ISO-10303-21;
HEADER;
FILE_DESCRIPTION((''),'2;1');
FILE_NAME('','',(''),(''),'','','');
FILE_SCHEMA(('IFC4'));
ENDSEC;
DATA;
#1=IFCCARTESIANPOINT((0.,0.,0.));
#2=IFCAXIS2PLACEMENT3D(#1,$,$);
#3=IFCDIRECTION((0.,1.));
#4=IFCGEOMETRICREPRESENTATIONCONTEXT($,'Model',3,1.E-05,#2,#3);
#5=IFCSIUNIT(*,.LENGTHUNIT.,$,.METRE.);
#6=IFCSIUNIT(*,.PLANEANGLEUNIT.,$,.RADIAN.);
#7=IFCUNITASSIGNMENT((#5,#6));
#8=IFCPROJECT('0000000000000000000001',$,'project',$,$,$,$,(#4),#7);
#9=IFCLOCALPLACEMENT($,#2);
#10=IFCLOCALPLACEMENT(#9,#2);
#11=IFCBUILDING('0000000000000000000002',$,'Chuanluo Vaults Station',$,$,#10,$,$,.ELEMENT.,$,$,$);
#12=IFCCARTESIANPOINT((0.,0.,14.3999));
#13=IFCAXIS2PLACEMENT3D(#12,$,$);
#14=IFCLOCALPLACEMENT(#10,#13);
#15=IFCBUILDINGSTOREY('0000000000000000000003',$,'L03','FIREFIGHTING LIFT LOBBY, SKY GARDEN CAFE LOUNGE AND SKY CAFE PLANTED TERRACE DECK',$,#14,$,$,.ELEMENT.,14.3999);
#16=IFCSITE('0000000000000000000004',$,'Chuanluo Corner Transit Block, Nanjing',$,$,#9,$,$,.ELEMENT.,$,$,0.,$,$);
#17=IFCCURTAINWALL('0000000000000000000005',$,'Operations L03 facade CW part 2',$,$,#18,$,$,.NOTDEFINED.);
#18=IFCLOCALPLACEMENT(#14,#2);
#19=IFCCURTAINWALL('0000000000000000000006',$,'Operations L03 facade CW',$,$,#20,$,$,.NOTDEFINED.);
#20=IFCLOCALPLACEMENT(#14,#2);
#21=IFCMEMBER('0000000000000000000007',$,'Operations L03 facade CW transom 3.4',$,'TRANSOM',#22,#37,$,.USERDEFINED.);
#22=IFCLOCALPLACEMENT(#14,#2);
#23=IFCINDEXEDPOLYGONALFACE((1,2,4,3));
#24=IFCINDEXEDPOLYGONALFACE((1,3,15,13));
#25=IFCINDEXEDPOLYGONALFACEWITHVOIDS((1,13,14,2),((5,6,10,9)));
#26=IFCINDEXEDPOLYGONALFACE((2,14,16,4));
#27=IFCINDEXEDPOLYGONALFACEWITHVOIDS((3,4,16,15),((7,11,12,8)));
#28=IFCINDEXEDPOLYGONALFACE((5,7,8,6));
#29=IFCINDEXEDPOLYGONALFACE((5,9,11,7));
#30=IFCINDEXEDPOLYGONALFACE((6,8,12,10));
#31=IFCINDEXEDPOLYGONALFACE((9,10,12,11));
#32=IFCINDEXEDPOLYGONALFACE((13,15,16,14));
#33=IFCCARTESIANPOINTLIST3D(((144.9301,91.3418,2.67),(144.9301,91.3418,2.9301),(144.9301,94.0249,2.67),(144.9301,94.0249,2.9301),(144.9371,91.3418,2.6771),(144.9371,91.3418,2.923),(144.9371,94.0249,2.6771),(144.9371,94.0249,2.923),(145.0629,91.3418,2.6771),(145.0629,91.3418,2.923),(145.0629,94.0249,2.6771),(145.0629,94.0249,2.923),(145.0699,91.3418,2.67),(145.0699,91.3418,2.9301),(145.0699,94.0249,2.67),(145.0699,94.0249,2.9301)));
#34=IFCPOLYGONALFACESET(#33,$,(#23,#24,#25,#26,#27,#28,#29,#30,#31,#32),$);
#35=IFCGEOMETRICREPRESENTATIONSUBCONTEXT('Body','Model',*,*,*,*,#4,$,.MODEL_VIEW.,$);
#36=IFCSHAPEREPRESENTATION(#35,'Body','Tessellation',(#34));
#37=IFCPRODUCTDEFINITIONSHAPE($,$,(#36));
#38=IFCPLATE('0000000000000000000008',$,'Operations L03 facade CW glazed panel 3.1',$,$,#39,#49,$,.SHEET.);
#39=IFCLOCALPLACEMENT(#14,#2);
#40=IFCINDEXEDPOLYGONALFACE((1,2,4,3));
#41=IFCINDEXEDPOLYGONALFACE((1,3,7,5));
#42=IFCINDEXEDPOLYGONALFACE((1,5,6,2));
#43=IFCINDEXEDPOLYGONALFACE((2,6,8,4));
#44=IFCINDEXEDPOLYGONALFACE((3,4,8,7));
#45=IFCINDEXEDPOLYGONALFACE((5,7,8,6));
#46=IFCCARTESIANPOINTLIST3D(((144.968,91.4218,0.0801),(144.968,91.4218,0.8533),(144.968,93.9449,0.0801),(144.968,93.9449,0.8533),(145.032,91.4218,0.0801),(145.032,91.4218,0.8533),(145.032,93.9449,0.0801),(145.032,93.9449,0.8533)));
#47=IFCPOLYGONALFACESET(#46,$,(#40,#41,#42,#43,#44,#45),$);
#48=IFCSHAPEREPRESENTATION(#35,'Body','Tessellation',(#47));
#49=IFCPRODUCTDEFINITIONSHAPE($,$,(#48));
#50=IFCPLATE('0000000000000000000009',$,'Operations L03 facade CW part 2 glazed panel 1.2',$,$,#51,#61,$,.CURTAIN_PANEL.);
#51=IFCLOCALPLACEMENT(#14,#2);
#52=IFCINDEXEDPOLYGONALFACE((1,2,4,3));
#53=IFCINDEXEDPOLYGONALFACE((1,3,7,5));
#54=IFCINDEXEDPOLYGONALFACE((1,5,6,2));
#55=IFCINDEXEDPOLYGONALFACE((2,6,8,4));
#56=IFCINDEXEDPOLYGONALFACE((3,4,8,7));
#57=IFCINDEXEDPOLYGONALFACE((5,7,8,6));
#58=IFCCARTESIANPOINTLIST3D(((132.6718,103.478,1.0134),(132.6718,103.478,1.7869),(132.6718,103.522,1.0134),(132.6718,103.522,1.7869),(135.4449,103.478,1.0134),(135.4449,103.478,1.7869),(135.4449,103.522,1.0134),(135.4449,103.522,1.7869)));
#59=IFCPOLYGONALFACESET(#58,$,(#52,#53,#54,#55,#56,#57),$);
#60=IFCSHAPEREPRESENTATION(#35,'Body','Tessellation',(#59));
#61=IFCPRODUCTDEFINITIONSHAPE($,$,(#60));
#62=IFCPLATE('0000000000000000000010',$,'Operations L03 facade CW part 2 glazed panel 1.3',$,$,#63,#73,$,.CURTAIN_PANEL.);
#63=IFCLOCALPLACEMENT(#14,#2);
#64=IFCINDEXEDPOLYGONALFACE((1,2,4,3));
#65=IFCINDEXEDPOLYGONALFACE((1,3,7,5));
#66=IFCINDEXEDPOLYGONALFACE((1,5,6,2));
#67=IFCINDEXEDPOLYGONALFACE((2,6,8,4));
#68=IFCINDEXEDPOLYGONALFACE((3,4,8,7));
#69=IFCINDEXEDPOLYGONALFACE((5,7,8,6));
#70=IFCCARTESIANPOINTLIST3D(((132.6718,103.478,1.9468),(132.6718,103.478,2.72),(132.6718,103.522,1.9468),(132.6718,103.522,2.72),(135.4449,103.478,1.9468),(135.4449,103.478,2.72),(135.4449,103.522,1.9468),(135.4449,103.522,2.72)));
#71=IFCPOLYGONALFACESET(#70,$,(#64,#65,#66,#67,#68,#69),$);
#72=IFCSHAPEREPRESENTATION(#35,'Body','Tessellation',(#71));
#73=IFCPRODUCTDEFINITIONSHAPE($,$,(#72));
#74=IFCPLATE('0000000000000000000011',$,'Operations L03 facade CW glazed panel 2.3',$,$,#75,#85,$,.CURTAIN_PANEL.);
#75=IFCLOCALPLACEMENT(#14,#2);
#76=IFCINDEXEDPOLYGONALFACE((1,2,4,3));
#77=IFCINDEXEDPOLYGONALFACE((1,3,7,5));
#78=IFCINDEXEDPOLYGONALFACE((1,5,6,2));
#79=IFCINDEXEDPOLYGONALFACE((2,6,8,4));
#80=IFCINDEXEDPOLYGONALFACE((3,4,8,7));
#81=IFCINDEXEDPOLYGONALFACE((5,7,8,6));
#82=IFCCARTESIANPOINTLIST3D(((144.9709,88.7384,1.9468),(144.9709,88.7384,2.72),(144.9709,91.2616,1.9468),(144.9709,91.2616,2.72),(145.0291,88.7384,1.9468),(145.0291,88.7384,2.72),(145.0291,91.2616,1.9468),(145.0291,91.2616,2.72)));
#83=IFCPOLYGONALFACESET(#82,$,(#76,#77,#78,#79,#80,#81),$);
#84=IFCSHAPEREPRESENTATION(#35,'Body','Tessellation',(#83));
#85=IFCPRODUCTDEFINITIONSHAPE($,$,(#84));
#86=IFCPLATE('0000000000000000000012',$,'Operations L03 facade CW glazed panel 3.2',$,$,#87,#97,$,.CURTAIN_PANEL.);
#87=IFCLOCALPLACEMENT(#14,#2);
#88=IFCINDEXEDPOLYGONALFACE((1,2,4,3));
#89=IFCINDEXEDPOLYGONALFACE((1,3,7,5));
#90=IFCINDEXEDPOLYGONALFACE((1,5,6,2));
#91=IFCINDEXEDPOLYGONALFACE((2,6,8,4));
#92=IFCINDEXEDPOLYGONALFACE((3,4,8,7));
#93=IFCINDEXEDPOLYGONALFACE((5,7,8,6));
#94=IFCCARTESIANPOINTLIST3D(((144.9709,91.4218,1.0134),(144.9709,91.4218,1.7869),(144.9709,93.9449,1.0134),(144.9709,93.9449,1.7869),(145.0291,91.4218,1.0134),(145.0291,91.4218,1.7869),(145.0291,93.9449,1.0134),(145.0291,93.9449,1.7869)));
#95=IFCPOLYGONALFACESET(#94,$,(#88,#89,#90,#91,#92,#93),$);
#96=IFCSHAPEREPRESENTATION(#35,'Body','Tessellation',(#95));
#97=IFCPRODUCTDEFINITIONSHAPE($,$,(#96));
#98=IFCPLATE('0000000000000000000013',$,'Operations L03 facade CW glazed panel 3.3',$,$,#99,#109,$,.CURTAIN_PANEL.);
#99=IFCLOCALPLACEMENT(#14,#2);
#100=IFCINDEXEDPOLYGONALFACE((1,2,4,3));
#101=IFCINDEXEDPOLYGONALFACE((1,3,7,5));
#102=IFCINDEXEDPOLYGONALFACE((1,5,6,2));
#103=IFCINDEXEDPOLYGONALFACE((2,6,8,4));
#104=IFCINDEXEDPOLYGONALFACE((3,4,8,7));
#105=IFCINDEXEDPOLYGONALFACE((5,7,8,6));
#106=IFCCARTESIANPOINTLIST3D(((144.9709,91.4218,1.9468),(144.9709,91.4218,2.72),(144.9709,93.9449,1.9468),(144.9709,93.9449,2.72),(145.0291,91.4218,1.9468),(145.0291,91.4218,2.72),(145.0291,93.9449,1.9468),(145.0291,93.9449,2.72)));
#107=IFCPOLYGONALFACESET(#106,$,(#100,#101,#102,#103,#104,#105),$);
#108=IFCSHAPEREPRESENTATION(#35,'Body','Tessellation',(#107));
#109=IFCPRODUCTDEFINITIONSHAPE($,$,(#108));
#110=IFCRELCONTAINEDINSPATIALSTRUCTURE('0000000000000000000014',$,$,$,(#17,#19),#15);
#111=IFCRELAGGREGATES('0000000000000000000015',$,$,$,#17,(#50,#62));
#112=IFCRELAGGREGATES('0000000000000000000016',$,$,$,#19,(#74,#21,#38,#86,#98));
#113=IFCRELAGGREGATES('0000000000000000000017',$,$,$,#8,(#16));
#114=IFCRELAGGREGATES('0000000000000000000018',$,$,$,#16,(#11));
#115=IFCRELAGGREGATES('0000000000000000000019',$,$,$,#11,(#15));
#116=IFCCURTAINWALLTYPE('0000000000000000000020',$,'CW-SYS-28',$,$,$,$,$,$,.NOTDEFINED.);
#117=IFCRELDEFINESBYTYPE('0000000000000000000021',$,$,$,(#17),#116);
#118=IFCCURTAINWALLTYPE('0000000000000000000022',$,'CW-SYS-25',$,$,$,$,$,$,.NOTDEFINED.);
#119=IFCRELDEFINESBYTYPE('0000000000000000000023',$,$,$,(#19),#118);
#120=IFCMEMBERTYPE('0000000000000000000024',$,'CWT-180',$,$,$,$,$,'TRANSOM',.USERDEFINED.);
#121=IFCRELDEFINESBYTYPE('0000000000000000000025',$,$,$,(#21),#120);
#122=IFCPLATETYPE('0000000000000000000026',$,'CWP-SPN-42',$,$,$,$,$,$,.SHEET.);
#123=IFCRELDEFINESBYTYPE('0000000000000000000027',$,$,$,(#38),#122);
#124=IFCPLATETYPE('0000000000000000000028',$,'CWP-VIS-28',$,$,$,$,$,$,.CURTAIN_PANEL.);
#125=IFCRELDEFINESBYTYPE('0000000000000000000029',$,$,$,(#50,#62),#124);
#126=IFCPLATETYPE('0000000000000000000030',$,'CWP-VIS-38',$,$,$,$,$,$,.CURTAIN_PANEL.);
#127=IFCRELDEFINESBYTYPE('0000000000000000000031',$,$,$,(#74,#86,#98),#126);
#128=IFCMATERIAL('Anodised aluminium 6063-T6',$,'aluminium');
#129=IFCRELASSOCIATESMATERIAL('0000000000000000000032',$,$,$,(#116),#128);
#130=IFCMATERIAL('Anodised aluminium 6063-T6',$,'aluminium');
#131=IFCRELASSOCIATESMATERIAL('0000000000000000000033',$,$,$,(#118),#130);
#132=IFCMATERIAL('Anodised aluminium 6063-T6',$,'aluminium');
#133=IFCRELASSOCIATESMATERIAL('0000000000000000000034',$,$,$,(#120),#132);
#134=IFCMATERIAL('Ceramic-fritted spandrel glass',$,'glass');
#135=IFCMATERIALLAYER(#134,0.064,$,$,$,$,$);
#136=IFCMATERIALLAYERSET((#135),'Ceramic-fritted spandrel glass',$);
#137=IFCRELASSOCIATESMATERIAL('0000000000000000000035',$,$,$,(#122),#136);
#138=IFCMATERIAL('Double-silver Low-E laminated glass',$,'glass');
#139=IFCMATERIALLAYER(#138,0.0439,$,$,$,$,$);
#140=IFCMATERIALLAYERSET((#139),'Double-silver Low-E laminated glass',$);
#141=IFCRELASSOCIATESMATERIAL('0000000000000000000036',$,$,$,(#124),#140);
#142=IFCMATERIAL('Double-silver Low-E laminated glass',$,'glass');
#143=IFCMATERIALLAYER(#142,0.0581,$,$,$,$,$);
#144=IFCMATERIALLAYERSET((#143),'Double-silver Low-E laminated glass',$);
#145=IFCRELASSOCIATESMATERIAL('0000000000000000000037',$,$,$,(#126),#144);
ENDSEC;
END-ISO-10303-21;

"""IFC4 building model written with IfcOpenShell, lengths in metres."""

from ifc_helpers import new_model, si_unit, direction, frame, origin, origin_2d, place, context, subcontext, project, spatial, rectangle, hollow_rectangle, extrude, material, layer, layer_set, material_profile, profile_set, type_object, element, aggregate, save


model = new_model("IFC4")

# Units and contexts
model_context = context("Model", 3, precision=1e-05, world=origin(), true_north=direction((0.0, 1.0)))
body_context = subcontext(model_context, "Body", "Model", "MODEL_VIEW")
ifc_project = project(units=[si_unit("LENGTHUNIT", "METRE"), si_unit("PLANEANGLEUNIT", "RADIAN")], contexts=[model_context])

# Site, building, storey
site_placement = place(None, origin())
site = spatial("IfcSite", under=ifc_project, at=site_placement, Name="Chuanluo Corner Transit Block, Nanjing", CompositionType="ELEMENT", RefElevation=0.0)
building_placement = place(site_placement, origin())
building = spatial("IfcBuilding", under=site, at=building_placement, Name="Chuanluo Vaults Station", CompositionType="ELEMENT")
storey_placement = place(building_placement, frame((0.0, 0.0, 14.3999)))
storey = spatial("IfcBuildingStorey", under=building, at=storey_placement, Name="L03", Description="FIREFIGHTING LIFT LOBBY, SKY GARDEN CAFE LOUNGE AND SKY CAFE PLANTED TERRACE DECK", CompositionType="ELEMENT", Elevation=14.3999)

# Curtain wall
ifc_material_1 = material(Name="Anodised aluminium 6063-T6", Category="aluminium")
curtain_wall_type_1 = type_object("IfcCurtainWallType", Name="CW-SYS-28", PredefinedType="NOTDEFINED", material=ifc_material_1)
curtain_wall_1_placement = place(storey_placement, origin())
curtain_wall_1 = element("IfcCurtainWall", 1, at=curtain_wall_1_placement, inside=storey, type_object=curtain_wall_type_1, Name="Operations L03 facade CW part 2", PredefinedType="NOTDEFINED")

# Curtain wall
ifc_material_2 = material(Name="Anodised aluminium 6063-T6", Category="aluminium")
curtain_wall_type_2 = type_object("IfcCurtainWallType", Name="CW-SYS-25", PredefinedType="NOTDEFINED", material=ifc_material_2)
curtain_wall_2_placement = place(storey_placement, origin())
curtain_wall_2 = element("IfcCurtainWall", 2, at=curtain_wall_2_placement, inside=storey, type_object=curtain_wall_type_2, Name="Operations L03 facade CW", PredefinedType="NOTDEFINED")

# Member
ifc_material_3 = material(Name="Anodised aluminium 6063-T6", Category="aluminium")
ifc_material_profile_1 = material_profile(ifc_material_3, hollow_rectangle(XDim=0.1399, YDim=0.26, WallThickness=0.0071, at=origin_2d()))
ifc_profile_set_1 = profile_set([ifc_material_profile_1], Name="Anodised aluminium 6063-T6")
member_type_1 = type_object("IfcMemberType", Name="CWT-180", ElementType="TRANSOM", PredefinedType="USERDEFINED", material=ifc_profile_set_1)
member_1_placement = place(storey_placement, frame((145.0, 91.3418, 2.8), z_axis=(0.0, 1.0, 0.0), x_axis=(-1.0, 0.0, 0.0)))
member_1 = element("IfcMember", 3, at=member_1_placement, type_object=member_type_1, Name="Operations L03 facade CW transom 3.4", ObjectType="TRANSOM", PredefinedType="USERDEFINED", context=body_context, shape_type="SweptSolid", body=[
    extrude(hollow_rectangle(XDim=0.1399, YDim=0.26, WallThickness=0.0071, at=origin_2d()), origin(), (0.0, 0.0, 1.0), 2.6831),
])

# Plates
ifc_material_4 = material(Name="Ceramic-fritted spandrel glass", Category="glass")
ifc_layer_1 = layer(ifc_material_4, 0.064)
ifc_layer_set_1 = layer_set([ifc_layer_1], Name="Ceramic-fritted spandrel glass")
plate_type_1 = type_object("IfcPlateType", Name="CWP-SPN-42", PredefinedType="SHEET", material=ifc_layer_set_1)
plate_1_placement = place(storey_placement, frame((145.0, 92.6833, 0.0801), z_axis=(0.0, 0.0, 1.0), x_axis=(0.0, 1.0, 0.0)))
plate_1 = element("IfcPlate", 4, at=plate_1_placement, type_object=plate_type_1, Name="Operations L03 facade CW glazed panel 3.1", PredefinedType="SHEET", context=body_context, shape_type="SweptSolid", body=[
    extrude(rectangle(XDim=2.5232, YDim=0.064, at=origin_2d()), origin(), (0.0, 0.0, 1.0), 0.7732),
])
ifc_material_5 = material(Name="Double-silver Low-E laminated glass", Category="glass")
ifc_layer_2 = layer(ifc_material_5, 0.0439)
ifc_layer_set_2 = layer_set([ifc_layer_2], Name="Double-silver Low-E laminated glass")
plate_type_2 = type_object("IfcPlateType", Name="CWP-VIS-28", PredefinedType="CURTAIN_PANEL", material=ifc_layer_set_2)
plate_2_placement = place(storey_placement, frame((134.0583, 103.5, 1.0134), z_axis=(0.0, 0.0, 1.0), x_axis=(-1.0, 0.0, 0.0)))
plate_2 = element("IfcPlate", 5, at=plate_2_placement, type_object=plate_type_2, Name="Operations L03 facade CW part 2 glazed panel 1.2", PredefinedType="CURTAIN_PANEL", context=body_context, shape_type="SweptSolid", body=[
    extrude(rectangle(XDim=2.7732, YDim=0.0439, at=origin_2d()), origin(), (0.0, 0.0, 1.0), 0.7734),
])
plate_3_placement = place(storey_placement, frame((134.0583, 103.5, 1.9468), z_axis=(0.0, 0.0, 1.0), x_axis=(-1.0, 0.0, 0.0)))
plate_3 = element("IfcPlate", 6, at=plate_3_placement, type_object=plate_type_2, Name="Operations L03 facade CW part 2 glazed panel 1.3", PredefinedType="CURTAIN_PANEL", context=body_context, shape_type="SweptSolid", body=[
    extrude(rectangle(XDim=2.7732, YDim=0.0439, at=origin_2d()), origin(), (0.0, 0.0, 1.0), 0.7732),
])
aggregate(curtain_wall_1, [plate_2, plate_3])
ifc_material_6 = material(Name="Double-silver Low-E laminated glass", Category="glass")
ifc_layer_3 = layer(ifc_material_6, 0.0581)
ifc_layer_set_3 = layer_set([ifc_layer_3], Name="Double-silver Low-E laminated glass")
plate_type_3 = type_object("IfcPlateType", Name="CWP-VIS-38", PredefinedType="CURTAIN_PANEL", material=ifc_layer_set_3)
plate_4_placement = place(storey_placement, frame((145.0, 90.0, 1.9468), z_axis=(0.0, 0.0, 1.0), x_axis=(0.0, 1.0, 0.0)))
plate_4 = element("IfcPlate", 7, at=plate_4_placement, type_object=plate_type_3, Name="Operations L03 facade CW glazed panel 2.3", PredefinedType="CURTAIN_PANEL", context=body_context, shape_type="SweptSolid", body=[
    extrude(rectangle(XDim=2.5232, YDim=0.0581, at=origin_2d()), origin(), (0.0, 0.0, 1.0), 0.7732),
])
plate_5_placement = place(storey_placement, frame((145.0, 92.6833, 1.0134), z_axis=(0.0, 0.0, 1.0), x_axis=(0.0, 1.0, 0.0)))
plate_5 = element("IfcPlate", 8, at=plate_5_placement, type_object=plate_type_3, Name="Operations L03 facade CW glazed panel 3.2", PredefinedType="CURTAIN_PANEL", context=body_context, shape_type="SweptSolid", body=[
    extrude(rectangle(XDim=2.5232, YDim=0.0581, at=origin_2d()), origin(), (0.0, 0.0, 1.0), 0.7734),
])
plate_6_placement = place(storey_placement, frame((145.0, 92.6833, 1.9468), z_axis=(0.0, 0.0, 1.0), x_axis=(0.0, 1.0, 0.0)))
plate_6 = element("IfcPlate", 9, at=plate_6_placement, type_object=plate_type_3, Name="Operations L03 facade CW glazed panel 3.3", PredefinedType="CURTAIN_PANEL", context=body_context, shape_type="SweptSolid", body=[
    extrude(rectangle(XDim=2.5232, YDim=0.0581, at=origin_2d()), origin(), (0.0, 0.0, 1.0), 0.7732),
])
aggregate(curtain_wall_2, [plate_4, member_1, plate_1, plate_5, plate_6])

save(model, "model.ifc")
